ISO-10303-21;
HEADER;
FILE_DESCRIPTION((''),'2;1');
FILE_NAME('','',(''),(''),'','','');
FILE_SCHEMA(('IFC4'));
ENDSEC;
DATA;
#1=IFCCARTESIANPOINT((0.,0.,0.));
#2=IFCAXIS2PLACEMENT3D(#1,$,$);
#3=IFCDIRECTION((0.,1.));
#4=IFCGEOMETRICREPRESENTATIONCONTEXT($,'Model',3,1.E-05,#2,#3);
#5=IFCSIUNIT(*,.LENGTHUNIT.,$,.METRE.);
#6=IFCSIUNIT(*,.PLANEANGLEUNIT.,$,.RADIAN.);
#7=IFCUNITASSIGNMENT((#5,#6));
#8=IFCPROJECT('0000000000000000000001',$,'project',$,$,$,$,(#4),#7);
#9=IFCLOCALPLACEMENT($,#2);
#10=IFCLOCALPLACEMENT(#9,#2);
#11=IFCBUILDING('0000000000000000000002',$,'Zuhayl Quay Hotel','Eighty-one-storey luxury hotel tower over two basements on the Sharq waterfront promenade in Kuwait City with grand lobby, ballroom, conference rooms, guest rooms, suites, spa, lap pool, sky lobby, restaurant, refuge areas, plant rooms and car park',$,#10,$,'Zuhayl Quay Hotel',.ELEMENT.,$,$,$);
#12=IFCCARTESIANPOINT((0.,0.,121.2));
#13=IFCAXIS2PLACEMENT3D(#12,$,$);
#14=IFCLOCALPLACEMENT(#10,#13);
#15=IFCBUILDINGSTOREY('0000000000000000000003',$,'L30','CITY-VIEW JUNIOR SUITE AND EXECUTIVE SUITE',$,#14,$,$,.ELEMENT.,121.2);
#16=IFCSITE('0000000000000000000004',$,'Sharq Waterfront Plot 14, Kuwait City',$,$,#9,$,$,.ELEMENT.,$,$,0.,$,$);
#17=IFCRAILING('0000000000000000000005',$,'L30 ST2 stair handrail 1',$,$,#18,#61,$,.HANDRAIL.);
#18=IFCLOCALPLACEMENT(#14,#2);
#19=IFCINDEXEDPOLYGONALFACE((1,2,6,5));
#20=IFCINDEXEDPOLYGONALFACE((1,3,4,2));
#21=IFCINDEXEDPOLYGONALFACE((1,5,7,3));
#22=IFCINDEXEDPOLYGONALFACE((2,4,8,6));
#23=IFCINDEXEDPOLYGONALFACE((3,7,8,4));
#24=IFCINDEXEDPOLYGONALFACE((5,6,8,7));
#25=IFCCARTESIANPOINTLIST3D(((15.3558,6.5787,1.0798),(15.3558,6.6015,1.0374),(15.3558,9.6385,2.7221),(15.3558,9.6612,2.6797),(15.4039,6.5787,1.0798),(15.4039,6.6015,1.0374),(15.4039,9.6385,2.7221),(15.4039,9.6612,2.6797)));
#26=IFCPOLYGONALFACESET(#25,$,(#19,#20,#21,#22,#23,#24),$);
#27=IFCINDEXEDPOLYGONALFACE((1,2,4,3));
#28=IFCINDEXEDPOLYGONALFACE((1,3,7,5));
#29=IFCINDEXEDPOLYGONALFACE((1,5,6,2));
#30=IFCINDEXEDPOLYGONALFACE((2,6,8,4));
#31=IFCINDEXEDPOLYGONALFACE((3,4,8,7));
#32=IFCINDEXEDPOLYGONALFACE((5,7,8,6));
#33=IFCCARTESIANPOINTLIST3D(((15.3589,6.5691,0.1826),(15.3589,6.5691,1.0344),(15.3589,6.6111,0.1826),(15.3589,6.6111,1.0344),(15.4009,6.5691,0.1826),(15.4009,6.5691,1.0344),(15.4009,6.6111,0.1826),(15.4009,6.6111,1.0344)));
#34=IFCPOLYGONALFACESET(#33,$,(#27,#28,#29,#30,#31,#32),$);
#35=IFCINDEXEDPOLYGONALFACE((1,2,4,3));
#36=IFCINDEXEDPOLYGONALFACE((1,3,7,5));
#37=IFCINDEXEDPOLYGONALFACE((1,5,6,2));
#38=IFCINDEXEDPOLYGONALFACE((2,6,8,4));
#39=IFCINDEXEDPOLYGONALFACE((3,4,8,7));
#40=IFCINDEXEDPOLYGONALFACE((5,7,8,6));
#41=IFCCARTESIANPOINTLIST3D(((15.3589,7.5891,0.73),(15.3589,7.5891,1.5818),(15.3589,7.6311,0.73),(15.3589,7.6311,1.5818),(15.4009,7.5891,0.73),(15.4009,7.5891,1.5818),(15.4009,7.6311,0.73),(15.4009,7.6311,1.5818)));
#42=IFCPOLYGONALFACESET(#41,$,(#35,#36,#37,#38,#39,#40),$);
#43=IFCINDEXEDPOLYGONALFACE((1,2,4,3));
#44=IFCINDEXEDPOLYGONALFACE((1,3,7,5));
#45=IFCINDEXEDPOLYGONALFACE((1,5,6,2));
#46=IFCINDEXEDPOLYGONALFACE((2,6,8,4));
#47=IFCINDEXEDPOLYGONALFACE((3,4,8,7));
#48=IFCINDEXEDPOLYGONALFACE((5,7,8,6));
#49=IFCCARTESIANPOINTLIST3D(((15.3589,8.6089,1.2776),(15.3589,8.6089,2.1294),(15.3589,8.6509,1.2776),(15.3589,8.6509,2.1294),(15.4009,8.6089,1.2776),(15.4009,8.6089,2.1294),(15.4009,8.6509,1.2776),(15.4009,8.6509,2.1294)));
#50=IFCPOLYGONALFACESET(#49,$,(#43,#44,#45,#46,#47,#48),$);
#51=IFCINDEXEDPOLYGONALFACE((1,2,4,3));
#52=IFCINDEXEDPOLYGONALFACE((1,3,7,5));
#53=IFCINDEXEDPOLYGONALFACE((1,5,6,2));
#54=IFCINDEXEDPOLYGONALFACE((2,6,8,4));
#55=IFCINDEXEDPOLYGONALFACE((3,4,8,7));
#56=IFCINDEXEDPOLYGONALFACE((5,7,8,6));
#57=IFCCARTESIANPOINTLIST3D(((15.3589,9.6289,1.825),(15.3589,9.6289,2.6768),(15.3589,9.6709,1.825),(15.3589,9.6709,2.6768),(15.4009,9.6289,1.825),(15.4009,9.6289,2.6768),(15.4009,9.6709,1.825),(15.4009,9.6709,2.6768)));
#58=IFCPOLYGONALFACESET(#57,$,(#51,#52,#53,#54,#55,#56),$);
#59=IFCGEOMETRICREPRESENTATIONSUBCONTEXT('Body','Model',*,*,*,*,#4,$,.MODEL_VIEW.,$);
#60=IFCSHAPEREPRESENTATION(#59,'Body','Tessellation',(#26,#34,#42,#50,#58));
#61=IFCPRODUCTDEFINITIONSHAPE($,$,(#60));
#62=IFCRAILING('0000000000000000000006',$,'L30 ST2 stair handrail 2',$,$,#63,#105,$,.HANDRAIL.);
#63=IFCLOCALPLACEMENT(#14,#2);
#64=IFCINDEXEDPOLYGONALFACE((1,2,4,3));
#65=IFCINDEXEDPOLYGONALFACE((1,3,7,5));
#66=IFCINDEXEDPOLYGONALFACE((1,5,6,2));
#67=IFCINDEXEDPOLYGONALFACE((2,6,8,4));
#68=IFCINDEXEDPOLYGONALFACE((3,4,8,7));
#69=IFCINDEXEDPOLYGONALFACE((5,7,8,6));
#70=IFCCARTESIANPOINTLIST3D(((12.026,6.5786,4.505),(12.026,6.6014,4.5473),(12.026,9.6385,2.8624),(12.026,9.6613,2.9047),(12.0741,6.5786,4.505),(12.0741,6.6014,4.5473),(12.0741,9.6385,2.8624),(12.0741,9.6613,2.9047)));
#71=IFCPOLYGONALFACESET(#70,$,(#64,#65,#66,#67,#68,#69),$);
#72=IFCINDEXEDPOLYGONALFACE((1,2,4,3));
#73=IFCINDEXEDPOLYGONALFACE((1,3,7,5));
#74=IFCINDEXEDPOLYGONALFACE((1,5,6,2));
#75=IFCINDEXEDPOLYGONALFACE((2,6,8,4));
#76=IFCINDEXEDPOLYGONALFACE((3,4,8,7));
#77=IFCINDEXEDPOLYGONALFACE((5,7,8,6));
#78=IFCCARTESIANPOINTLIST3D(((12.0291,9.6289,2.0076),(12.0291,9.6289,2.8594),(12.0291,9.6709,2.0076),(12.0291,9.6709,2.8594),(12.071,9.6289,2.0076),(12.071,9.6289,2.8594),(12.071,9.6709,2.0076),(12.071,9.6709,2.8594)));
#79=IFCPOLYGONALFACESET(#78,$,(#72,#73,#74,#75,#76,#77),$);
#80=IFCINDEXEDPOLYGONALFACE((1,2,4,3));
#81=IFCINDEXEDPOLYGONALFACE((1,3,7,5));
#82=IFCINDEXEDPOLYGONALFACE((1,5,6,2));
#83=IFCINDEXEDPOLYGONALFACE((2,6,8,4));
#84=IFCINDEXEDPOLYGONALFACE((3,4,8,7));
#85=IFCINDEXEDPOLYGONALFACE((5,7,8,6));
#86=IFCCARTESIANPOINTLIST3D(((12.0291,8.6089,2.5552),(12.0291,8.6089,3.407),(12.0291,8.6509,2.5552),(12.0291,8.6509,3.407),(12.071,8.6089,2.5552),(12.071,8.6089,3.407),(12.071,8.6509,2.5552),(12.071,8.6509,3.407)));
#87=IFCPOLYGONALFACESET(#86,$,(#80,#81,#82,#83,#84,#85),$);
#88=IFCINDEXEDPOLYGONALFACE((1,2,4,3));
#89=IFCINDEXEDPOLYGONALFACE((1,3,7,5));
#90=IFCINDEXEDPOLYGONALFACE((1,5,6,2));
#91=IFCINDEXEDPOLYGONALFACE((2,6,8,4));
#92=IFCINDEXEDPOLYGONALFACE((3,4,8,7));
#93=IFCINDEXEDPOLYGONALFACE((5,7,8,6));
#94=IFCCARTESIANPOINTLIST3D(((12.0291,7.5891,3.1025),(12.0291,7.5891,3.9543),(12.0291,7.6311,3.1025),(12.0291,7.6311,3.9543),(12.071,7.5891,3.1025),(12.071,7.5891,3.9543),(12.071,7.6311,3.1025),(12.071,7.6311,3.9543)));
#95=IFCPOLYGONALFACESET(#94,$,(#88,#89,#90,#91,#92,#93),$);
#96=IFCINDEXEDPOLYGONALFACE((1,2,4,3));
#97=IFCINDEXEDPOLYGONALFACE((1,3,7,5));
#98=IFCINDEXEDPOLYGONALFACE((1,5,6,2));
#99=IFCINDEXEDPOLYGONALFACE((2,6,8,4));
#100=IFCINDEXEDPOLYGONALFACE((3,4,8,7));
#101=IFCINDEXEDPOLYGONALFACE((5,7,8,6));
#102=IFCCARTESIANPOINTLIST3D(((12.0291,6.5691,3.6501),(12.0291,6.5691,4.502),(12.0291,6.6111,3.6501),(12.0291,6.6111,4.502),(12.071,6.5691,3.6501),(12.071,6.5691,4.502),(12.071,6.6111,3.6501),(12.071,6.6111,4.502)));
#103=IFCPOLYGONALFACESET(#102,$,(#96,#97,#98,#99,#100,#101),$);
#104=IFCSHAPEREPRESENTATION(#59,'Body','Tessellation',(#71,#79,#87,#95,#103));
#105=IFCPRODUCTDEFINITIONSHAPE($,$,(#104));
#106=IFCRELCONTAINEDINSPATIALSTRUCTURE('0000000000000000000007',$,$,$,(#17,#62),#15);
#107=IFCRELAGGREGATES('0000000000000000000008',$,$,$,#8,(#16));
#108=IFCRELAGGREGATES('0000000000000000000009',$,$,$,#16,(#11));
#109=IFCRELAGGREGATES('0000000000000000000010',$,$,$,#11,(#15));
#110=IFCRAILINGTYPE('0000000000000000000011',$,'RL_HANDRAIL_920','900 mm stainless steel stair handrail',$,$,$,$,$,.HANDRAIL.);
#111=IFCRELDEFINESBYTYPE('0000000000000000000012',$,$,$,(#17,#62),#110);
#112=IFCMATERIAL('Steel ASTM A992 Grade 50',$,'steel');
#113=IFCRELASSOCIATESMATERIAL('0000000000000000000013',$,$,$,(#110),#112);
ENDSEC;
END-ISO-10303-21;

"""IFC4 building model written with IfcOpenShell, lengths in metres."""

from ifc_helpers import new_model, si_unit, direction, frame, origin, origin_2d, place, context, subcontext, project, spatial, rectangle, extrude, material, type_object, element, save


model = new_model("IFC4")

# Units and contexts
model_context = context("Model", 3, precision=1e-05, world=origin(), true_north=direction((0.0, 1.0)))
body_context = subcontext(model_context, "Body", "Model", "MODEL_VIEW")
ifc_project = project(units=[si_unit("LENGTHUNIT", "METRE"), si_unit("PLANEANGLEUNIT", "RADIAN")], contexts=[model_context])

# Site, building, storey
site_placement = place(None, origin())
site = spatial("IfcSite", under=ifc_project, at=site_placement, Name="Sharq Waterfront Plot 14, Kuwait City", CompositionType="ELEMENT", RefElevation=0.0)
building_placement = place(site_placement, origin())
building = spatial("IfcBuilding", under=site, at=building_placement, Name="Zuhayl Quay Hotel", Description="Eighty-one-storey luxury hotel tower over two basements on the Sharq waterfront promenade in Kuwait City with grand lobby, ballroom, conference rooms, guest rooms, suites, spa, lap pool, sky lobby, restaurant, refuge areas, plant rooms and car park", LongName="Zuhayl Quay Hotel", CompositionType="ELEMENT")
storey_placement = place(building_placement, frame((0.0, 0.0, 121.2)))
storey = spatial("IfcBuildingStorey", under=building, at=storey_placement, Name="L30", Description="CITY-VIEW JUNIOR SUITE AND EXECUTIVE SUITE", CompositionType="ELEMENT", Elevation=121.2)

# Shared definitions
ifc_material_1 = material(Name="Steel ASTM A992 Grade 50", Category="steel")

# Railings
railing_type_1 = type_object("IfcRailingType", Name="RL_HANDRAIL_920", Description="900 mm stainless steel stair handrail", PredefinedType="HANDRAIL", material=ifc_material_1)
railing_1_placement = place(storey_placement, frame((15.3799, 6.5901, 0.1826)))
element("IfcRailing", 1, at=railing_1_placement, inside=storey, type_object=railing_type_1, Name="L30 ST2 stair handrail 1", PredefinedType="HANDRAIL", context=body_context, shape_type="SweptSolid", body=[
    extrude(rectangle(XDim=0.0481, YDim=0.0481, at=origin_2d()), frame((0.0, 0.0, 0.876), z_axis=(0.0, 0.881102, 0.472926), x_axis=(-1.0, 0.0, 0.0)), (0.0, 0.0, 1.0), 3.4727),
    extrude(rectangle(XDim=0.042, YDim=0.042, at=origin_2d()), origin(), (0.0, 0.0, 1.0), 0.8518),
    extrude(rectangle(XDim=0.042, YDim=0.042, at=origin_2d()), frame((0.0, 1.02, 0.5474)), (0.0, 0.0, 1.0), 0.8518),
    extrude(rectangle(XDim=0.042, YDim=0.042, at=origin_2d()), frame((0.0, 2.0398, 1.095)), (0.0, 0.0, 1.0), 0.8518),
    extrude(rectangle(XDim=0.042, YDim=0.042, at=origin_2d()), frame((0.0, 3.0598, 1.6423)), (0.0, 0.0, 1.0), 0.8518),
])
railing_2_placement = place(storey_placement, frame((12.05, 9.6499, 2.0076)))
element("IfcRailing", 2, at=railing_2_placement, inside=storey, type_object=railing_type_1, Name="L30 ST2 stair handrail 2", PredefinedType="HANDRAIL", context=body_context, shape_type="SweptSolid", body=[
    extrude(rectangle(XDim=0.0481, YDim=0.0481, at=origin_2d()), frame((0.0, 0.0, 0.876), z_axis=(0.0, -0.881073, 0.47298), x_axis=(1.0, 0.0, 0.0)), (0.0, 0.0, 1.0), 3.4729),
    extrude(rectangle(XDim=0.042, YDim=0.042, at=origin_2d()), origin(), (0.0, 0.0, 1.0), 0.8518),
    extrude(rectangle(XDim=0.042, YDim=0.042, at=origin_2d()), frame((0.0, -1.02, 0.5476)), (0.0, 0.0, 1.0), 0.8518),
    extrude(rectangle(XDim=0.042, YDim=0.042, at=origin_2d()), frame((0.0, -2.0398, 1.095)), (0.0, 0.0, 1.0), 0.8518),
    extrude(rectangle(XDim=0.042, YDim=0.042, at=origin_2d()), frame((0.0, -3.0598, 1.6426)), (0.0, 0.0, 1.0), 0.8518),
])

save(model, "model.ifc")
